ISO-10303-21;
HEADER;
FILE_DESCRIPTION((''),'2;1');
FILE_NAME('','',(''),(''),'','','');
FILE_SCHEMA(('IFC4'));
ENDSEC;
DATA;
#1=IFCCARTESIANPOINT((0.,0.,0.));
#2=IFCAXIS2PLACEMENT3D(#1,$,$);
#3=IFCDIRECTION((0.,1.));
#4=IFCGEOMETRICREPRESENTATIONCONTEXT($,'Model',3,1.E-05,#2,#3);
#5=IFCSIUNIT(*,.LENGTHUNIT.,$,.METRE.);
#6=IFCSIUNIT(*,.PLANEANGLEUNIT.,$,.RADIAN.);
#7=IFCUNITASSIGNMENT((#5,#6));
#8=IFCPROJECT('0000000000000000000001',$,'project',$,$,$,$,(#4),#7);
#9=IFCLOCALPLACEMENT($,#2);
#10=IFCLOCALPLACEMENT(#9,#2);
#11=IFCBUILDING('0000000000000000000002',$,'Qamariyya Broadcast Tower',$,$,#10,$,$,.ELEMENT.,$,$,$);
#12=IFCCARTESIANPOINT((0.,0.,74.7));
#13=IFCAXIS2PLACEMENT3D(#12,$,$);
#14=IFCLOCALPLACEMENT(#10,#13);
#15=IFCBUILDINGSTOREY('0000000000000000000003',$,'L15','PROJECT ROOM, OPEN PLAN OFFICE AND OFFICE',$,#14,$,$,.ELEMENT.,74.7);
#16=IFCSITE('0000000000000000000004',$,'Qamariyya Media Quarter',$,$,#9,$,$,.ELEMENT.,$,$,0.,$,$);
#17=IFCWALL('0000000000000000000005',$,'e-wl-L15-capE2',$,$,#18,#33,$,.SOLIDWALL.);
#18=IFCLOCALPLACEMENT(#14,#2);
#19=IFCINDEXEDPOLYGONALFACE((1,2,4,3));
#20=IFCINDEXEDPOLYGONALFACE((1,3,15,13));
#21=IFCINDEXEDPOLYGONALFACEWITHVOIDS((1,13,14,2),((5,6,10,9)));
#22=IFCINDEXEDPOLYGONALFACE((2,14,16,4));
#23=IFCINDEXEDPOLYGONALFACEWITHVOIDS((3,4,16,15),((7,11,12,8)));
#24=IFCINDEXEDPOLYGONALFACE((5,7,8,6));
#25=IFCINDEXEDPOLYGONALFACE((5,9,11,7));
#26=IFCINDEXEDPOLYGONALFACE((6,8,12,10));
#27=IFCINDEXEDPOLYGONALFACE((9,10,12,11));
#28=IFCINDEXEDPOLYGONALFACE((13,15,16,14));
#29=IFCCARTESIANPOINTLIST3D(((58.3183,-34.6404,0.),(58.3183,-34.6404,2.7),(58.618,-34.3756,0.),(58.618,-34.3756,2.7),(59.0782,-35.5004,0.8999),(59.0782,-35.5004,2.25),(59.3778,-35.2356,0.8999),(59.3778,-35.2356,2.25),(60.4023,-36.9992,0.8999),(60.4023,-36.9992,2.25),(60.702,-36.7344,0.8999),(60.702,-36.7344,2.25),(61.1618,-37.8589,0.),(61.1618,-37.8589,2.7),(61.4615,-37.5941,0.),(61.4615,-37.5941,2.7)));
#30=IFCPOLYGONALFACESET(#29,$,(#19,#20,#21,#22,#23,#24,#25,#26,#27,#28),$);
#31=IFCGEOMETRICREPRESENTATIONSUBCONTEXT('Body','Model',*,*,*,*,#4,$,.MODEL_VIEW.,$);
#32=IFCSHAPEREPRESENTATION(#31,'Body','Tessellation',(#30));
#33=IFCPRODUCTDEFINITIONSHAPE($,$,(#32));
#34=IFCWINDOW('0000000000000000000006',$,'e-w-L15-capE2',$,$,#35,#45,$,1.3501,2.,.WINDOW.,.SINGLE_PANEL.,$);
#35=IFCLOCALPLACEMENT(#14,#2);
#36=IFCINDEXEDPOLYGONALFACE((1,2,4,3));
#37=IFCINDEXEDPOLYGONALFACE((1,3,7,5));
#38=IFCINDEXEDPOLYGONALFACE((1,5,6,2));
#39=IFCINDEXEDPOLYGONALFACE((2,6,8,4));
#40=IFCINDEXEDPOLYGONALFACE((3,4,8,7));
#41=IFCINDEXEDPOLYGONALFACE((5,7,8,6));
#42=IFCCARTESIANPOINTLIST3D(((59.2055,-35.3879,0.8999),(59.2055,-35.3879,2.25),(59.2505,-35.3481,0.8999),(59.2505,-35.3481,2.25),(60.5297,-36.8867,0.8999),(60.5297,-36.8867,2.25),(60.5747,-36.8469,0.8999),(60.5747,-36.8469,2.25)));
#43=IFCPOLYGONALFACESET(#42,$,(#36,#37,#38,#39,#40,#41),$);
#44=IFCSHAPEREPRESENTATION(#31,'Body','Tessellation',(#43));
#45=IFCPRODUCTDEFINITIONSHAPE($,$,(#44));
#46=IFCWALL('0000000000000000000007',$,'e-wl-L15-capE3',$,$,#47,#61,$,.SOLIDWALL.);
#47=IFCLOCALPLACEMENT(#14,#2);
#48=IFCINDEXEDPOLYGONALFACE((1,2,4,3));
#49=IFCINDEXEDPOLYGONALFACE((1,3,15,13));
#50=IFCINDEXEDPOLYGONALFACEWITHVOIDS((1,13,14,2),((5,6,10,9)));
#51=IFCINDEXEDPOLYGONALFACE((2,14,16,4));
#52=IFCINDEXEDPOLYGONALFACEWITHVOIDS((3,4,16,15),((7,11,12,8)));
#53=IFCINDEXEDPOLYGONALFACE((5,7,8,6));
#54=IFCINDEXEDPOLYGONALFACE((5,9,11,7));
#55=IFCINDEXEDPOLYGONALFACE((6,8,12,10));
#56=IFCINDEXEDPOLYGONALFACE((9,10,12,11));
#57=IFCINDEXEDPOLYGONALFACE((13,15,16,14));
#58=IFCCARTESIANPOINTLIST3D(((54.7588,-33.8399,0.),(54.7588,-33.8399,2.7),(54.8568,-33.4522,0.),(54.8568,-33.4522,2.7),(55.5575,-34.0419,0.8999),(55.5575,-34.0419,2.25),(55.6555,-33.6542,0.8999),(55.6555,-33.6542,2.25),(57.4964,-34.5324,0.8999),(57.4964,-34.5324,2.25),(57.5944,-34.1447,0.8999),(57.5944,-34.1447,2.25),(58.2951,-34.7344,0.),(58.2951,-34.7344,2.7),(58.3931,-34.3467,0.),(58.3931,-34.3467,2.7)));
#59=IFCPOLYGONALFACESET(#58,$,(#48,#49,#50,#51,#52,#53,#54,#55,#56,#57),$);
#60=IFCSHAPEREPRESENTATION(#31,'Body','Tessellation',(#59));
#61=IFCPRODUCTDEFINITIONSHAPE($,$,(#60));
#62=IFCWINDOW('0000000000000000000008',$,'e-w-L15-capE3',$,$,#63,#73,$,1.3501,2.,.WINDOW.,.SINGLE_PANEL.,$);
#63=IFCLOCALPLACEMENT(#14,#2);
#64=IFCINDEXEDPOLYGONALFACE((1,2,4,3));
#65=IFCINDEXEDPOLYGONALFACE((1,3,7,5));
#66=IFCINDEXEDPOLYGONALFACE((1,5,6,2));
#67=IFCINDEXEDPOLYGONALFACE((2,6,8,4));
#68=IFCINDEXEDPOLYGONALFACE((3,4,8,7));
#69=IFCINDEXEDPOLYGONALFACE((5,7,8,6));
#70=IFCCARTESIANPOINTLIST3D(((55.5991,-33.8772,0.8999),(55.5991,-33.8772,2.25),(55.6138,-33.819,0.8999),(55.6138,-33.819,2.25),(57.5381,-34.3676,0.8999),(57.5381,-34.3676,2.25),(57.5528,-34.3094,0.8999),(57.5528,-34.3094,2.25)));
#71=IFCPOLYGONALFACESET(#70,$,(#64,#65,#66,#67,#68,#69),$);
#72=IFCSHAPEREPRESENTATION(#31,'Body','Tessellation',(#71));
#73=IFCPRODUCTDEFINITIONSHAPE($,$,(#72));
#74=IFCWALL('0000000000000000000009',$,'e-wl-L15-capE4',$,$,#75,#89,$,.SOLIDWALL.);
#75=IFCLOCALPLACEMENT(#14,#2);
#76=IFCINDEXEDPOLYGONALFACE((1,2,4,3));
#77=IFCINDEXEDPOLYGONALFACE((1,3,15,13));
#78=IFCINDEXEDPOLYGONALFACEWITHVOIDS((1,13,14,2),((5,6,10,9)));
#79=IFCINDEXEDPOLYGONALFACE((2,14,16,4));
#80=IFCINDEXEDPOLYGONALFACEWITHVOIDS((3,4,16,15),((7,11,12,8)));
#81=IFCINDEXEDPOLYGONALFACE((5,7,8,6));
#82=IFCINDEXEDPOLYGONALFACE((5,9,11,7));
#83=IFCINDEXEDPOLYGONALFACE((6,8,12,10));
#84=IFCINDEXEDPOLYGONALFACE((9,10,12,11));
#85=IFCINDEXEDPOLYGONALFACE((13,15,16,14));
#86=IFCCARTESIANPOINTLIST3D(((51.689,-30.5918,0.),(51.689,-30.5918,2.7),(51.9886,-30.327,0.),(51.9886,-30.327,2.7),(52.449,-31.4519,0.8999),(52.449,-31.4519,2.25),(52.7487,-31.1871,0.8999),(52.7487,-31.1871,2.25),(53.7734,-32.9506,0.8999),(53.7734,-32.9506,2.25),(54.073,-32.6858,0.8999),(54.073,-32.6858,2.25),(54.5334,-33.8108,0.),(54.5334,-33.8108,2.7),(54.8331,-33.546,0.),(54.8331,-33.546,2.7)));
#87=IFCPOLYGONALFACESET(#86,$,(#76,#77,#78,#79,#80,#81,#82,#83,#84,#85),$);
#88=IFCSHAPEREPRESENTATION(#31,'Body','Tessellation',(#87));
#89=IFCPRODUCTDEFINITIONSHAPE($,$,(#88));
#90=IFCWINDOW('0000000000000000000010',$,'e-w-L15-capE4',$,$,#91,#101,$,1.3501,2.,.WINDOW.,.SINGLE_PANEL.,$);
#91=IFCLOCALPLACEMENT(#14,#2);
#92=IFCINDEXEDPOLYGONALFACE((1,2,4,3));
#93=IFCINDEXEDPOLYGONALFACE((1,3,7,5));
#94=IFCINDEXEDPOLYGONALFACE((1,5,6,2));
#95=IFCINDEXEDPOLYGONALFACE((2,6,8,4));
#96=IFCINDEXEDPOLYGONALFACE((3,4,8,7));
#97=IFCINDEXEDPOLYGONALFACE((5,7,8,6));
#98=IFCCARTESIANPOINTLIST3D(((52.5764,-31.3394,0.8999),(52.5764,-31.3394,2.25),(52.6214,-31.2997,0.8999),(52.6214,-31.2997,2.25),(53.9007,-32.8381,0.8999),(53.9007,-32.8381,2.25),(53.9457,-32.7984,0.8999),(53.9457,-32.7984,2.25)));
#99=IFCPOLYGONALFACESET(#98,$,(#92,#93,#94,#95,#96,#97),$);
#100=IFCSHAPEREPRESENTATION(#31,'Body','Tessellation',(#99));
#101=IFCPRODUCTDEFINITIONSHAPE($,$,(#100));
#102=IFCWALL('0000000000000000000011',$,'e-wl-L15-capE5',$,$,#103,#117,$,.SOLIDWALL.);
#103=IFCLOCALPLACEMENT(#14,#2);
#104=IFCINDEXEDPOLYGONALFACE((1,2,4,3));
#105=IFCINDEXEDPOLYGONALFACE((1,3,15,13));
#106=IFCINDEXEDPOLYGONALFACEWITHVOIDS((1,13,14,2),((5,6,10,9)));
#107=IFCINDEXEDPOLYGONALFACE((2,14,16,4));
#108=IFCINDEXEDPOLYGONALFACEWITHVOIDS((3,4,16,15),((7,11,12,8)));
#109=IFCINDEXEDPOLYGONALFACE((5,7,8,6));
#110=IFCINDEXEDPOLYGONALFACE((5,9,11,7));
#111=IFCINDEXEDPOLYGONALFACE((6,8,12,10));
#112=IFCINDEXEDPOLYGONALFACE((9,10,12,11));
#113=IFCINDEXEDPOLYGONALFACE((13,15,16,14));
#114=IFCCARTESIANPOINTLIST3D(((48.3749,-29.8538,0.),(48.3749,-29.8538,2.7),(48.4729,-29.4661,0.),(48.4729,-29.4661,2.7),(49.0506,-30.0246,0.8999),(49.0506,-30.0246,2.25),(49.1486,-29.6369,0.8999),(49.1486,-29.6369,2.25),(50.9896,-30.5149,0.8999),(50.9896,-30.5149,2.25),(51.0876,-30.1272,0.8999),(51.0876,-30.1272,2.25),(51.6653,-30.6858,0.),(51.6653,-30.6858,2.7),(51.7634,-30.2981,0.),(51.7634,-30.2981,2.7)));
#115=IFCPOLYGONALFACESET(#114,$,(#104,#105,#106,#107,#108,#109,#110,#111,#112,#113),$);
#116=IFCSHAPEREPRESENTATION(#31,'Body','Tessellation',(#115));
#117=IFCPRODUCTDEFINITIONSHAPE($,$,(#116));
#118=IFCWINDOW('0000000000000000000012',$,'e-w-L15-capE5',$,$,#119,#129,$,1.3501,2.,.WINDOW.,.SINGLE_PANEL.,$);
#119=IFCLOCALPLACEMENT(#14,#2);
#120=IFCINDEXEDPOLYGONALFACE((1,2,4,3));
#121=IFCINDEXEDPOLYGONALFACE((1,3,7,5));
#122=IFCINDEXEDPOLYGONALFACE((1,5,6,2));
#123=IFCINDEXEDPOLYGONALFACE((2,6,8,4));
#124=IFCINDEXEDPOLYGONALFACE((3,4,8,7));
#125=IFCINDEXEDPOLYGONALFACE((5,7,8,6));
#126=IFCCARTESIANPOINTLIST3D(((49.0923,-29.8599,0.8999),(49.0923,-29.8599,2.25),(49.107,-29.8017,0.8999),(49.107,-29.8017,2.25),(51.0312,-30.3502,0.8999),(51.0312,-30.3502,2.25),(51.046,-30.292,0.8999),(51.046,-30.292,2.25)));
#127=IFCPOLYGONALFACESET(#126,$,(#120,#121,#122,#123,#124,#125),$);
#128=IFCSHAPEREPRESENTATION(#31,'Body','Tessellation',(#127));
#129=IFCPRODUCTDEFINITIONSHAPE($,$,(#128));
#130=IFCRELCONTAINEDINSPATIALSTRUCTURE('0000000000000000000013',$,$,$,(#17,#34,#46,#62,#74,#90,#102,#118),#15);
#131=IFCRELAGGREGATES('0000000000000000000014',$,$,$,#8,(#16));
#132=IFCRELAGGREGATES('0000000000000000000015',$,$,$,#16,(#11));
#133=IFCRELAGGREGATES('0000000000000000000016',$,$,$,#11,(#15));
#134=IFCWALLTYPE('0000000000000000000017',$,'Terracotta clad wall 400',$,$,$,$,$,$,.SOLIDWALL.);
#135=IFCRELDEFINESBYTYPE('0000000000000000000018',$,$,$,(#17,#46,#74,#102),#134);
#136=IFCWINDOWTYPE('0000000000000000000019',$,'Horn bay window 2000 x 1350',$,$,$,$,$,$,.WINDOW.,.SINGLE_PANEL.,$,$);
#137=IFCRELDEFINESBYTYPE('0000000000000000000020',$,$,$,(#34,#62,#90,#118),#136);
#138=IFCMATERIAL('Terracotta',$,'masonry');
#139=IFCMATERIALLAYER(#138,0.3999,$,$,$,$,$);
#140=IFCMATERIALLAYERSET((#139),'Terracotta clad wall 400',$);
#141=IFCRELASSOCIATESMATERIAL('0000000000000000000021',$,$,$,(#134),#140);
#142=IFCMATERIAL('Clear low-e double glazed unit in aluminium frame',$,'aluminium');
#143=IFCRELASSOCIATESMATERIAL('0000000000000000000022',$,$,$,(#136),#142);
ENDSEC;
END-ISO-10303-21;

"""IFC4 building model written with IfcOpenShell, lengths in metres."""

from ifc_helpers import new_model, si_unit, direction, frame, frame_2d, origin, place, context, subcontext, project, spatial, rectangle, extrude, material, layer, layer_set, type_object, element, fill, save


model = new_model("IFC4")

# Units and contexts
model_context = context("Model", 3, precision=1e-05, world=origin(), true_north=direction((0.0, 1.0)))
body_context = subcontext(model_context, "Body", "Model", "MODEL_VIEW")
ifc_project = project(units=[si_unit("LENGTHUNIT", "METRE"), si_unit("PLANEANGLEUNIT", "RADIAN")], contexts=[model_context])

# Site, building, storey
site_placement = place(None, origin())
site = spatial("IfcSite", under=ifc_project, at=site_placement, Name="Qamariyya Media Quarter", CompositionType="ELEMENT", RefElevation=0.0)
building_placement = place(site_placement, origin())
building = spatial("IfcBuilding", under=site, at=building_placement, Name="Qamariyya Broadcast Tower", CompositionType="ELEMENT")
storey_placement = place(building_placement, frame((0.0, 0.0, 74.7)))
storey = spatial("IfcBuildingStorey", under=building, at=storey_placement, Name="L15", Description="PROJECT ROOM, OPEN PLAN OFFICE AND OFFICE", CompositionType="ELEMENT", Elevation=74.7)

# Walls, openings, windows
ifc_material_1 = material(Name="Terracotta", Category="masonry")
ifc_layer = layer(ifc_material_1, 0.3999)
ifc_layer_set = layer_set([ifc_layer], Name="Terracotta clad wall 400")
wall_type = type_object("IfcWallType", Name="Terracotta clad wall 400", PredefinedType="SOLIDWALL", material=ifc_layer_set)
ifc_material_2 = material(Name="Clear low-e double glazed unit in aluminium frame", Category="aluminium")
window_type_1 = type_object("IfcWindowType", Name="Horn bay window 2000 x 1350", PartitioningType="SINGLE_PANEL", PredefinedType="WINDOW", material=ifc_material_2)
wall_1_placement = place(storey_placement, frame((61.3118, -37.7266, 0.0), z_axis=(0.0, 0.0, 1.0), x_axis=(-0.662099, 0.749416, 0.0)))
wall_1 = element("IfcWall", 1, at=wall_1_placement, inside=storey, type_object=wall_type, Name="e-wl-L15-capE2", PredefinedType="SOLIDWALL", context=body_context, shape_type="SweptSolid", body=[
    extrude(rectangle(XDim=4.2947, YDim=0.3999, at=frame_2d((2.1475, 0.0))), origin(), (0.0, 0.0, 1.0), 2.7),
])
opening_1_placement = place(wall_1_placement, frame((1.1472, 0.0, 0.8999)))
opening_1 = element("IfcOpeningElement", 2, at=opening_1_placement, cuts=wall_1, PredefinedType="OPENING", context=body_context, shape_type="SweptSolid", body=[
    extrude(rectangle(XDim=2.0, YDim=1.3501, at=frame_2d((1.0, 0.675))), frame((0.0, 0.21, 0.0), z_axis=(0.0, -1.0, 0.0), x_axis=(1.0, 0.0, 0.0)), (0.0, 0.0, 1.0), 0.4199),
])
window_1_placement = place(opening_1_placement, origin())
window_1 = element("IfcWindow", 3, at=window_1_placement, inside=storey, type_object=window_type_1, Name="e-w-L15-capE2", OverallHeight=1.3501, OverallWidth=2.0, PartitioningType="SINGLE_PANEL", PredefinedType="WINDOW", context=body_context, shape_type="SweptSolid", body=[
    extrude(rectangle(XDim=2.0, YDim=1.3501, at=frame_2d((1.0, 0.675))), frame((0.0, 0.03, 0.0), z_axis=(0.0, -1.0, 0.0), x_axis=(1.0, 0.0, 0.0)), (0.0, 0.0, 1.0), 0.0601),
])
fill(opening_1, window_1)
wall_2_placement = place(storey_placement, frame((58.344, -34.5405, 0.0), z_axis=(0.0, 0.0, 1.0), x_axis=(-0.969466, 0.245228, 0.0)))
wall_2 = element("IfcWall", 4, at=wall_2_placement, inside=storey, type_object=wall_type, Name="e-wl-L15-capE3", PredefinedType="SOLIDWALL", context=body_context, shape_type="SweptSolid", body=[
    extrude(rectangle(XDim=3.6477, YDim=0.3999, at=frame_2d((1.8237, 0.0))), origin(), (0.0, 0.0, 1.0), 2.7),
])
opening_2_placement = place(wall_2_placement, frame((0.8237, 0.0, 0.8999)))
opening_2 = element("IfcOpeningElement", 5, at=opening_2_placement, cuts=wall_2, PredefinedType="OPENING", context=body_context, shape_type="SweptSolid", body=[
    extrude(rectangle(XDim=2.0, YDim=1.3501, at=frame_2d((1.0, 0.675))), frame((0.0, 0.21, 0.0), z_axis=(0.0, -1.0, 0.0), x_axis=(1.0, 0.0, 0.0)), (0.0, 0.0, 1.0), 0.4199),
])
window_2_placement = place(opening_2_placement, origin())
window_2 = element("IfcWindow", 6, at=window_2_placement, inside=storey, type_object=window_type_1, Name="e-w-L15-capE3", OverallHeight=1.3501, OverallWidth=2.0, PartitioningType="SINGLE_PANEL", PredefinedType="WINDOW", context=body_context, shape_type="SweptSolid", body=[
    extrude(rectangle(XDim=2.0, YDim=1.3501, at=frame_2d((1.0, 0.675))), frame((0.0, 0.03, 0.0), z_axis=(0.0, -1.0, 0.0), x_axis=(1.0, 0.0, 0.0)), (0.0, 0.0, 1.0), 0.0601),
])
fill(opening_2, window_2)
wall_3_placement = place(storey_placement, frame((54.6833, -33.6785, 0.0), z_axis=(0.0, 0.0, 1.0), x_axis=(-0.66217, 0.749353, 0.0)))
wall_3 = element("IfcWall", 7, at=wall_3_placement, inside=storey, type_object=wall_type, Name="e-wl-L15-capE4", PredefinedType="SOLIDWALL", context=body_context, shape_type="SweptSolid", body=[
    extrude(rectangle(XDim=4.2957, YDim=0.3999, at=frame_2d((2.1479, 0.0))), origin(), (0.0, 0.0, 1.0), 2.7),
])
opening_3_placement = place(wall_3_placement, frame((1.1479, 0.0, 0.8999)))
opening_3 = element("IfcOpeningElement", 8, at=opening_3_placement, cuts=wall_3, PredefinedType="OPENING", context=body_context, shape_type="SweptSolid", body=[
    extrude(rectangle(XDim=2.0, YDim=1.3501, at=frame_2d((1.0, 0.675))), frame((0.0, 0.21, 0.0), z_axis=(0.0, -1.0, 0.0), x_axis=(1.0, 0.0, 0.0)), (0.0, 0.0, 1.0), 0.4199),
])
window_3_placement = place(opening_3_placement, origin())
window_3 = element("IfcWindow", 9, at=window_3_placement, inside=storey, type_object=window_type_1, Name="e-w-L15-capE4", OverallHeight=1.3501, OverallWidth=2.0, PartitioningType="SINGLE_PANEL", PredefinedType="WINDOW", context=body_context, shape_type="SweptSolid", body=[
    extrude(rectangle(XDim=2.0, YDim=1.3501, at=frame_2d((1.0, 0.675))), frame((0.0, 0.03, 0.0), z_axis=(0.0, -1.0, 0.0), x_axis=(1.0, 0.0, 0.0)), (0.0, 0.0, 1.0), 0.0601),
])
fill(opening_3, window_3)
wall_4_placement = place(storey_placement, frame((51.7144, -30.4919, 0.0), z_axis=(0.0, 0.0, 1.0), x_axis=(-0.969487, 0.245141, 0.0)))
wall_4 = element("IfcWall", 10, at=wall_4_placement, inside=storey, type_object=wall_type, Name="e-wl-L15-capE5", PredefinedType="SOLIDWALL", context=body_context, shape_type="SweptSolid", body=[
    extrude(rectangle(XDim=3.394, YDim=0.3999, at=frame_2d((1.697, 0.0))), origin(), (0.0, 0.0, 1.0), 2.7),
])
opening_4_placement = place(wall_4_placement, frame((0.697, 0.0, 0.8999)))
opening_4 = element("IfcOpeningElement", 11, at=opening_4_placement, cuts=wall_4, PredefinedType="OPENING", context=body_context, shape_type="SweptSolid", body=[
    extrude(rectangle(XDim=2.0, YDim=1.3501, at=frame_2d((1.0, 0.675))), frame((0.0, 0.21, 0.0), z_axis=(0.0, -1.0, 0.0), x_axis=(1.0, 0.0, 0.0)), (0.0, 0.0, 1.0), 0.4199),
])
window_4_placement = place(opening_4_placement, origin())
window_4 = element("IfcWindow", 12, at=window_4_placement, inside=storey, type_object=window_type_1, Name="e-w-L15-capE5", OverallHeight=1.3501, OverallWidth=2.0, PartitioningType="SINGLE_PANEL", PredefinedType="WINDOW", context=body_context, shape_type="SweptSolid", body=[
    extrude(rectangle(XDim=2.0, YDim=1.3501, at=frame_2d((1.0, 0.675))), frame((0.0, 0.03, 0.0), z_axis=(0.0, -1.0, 0.0), x_axis=(1.0, 0.0, 0.0)), (0.0, 0.0, 1.0), 0.0601),
])
fill(opening_4, window_4)

save(model, "model.ifc")
